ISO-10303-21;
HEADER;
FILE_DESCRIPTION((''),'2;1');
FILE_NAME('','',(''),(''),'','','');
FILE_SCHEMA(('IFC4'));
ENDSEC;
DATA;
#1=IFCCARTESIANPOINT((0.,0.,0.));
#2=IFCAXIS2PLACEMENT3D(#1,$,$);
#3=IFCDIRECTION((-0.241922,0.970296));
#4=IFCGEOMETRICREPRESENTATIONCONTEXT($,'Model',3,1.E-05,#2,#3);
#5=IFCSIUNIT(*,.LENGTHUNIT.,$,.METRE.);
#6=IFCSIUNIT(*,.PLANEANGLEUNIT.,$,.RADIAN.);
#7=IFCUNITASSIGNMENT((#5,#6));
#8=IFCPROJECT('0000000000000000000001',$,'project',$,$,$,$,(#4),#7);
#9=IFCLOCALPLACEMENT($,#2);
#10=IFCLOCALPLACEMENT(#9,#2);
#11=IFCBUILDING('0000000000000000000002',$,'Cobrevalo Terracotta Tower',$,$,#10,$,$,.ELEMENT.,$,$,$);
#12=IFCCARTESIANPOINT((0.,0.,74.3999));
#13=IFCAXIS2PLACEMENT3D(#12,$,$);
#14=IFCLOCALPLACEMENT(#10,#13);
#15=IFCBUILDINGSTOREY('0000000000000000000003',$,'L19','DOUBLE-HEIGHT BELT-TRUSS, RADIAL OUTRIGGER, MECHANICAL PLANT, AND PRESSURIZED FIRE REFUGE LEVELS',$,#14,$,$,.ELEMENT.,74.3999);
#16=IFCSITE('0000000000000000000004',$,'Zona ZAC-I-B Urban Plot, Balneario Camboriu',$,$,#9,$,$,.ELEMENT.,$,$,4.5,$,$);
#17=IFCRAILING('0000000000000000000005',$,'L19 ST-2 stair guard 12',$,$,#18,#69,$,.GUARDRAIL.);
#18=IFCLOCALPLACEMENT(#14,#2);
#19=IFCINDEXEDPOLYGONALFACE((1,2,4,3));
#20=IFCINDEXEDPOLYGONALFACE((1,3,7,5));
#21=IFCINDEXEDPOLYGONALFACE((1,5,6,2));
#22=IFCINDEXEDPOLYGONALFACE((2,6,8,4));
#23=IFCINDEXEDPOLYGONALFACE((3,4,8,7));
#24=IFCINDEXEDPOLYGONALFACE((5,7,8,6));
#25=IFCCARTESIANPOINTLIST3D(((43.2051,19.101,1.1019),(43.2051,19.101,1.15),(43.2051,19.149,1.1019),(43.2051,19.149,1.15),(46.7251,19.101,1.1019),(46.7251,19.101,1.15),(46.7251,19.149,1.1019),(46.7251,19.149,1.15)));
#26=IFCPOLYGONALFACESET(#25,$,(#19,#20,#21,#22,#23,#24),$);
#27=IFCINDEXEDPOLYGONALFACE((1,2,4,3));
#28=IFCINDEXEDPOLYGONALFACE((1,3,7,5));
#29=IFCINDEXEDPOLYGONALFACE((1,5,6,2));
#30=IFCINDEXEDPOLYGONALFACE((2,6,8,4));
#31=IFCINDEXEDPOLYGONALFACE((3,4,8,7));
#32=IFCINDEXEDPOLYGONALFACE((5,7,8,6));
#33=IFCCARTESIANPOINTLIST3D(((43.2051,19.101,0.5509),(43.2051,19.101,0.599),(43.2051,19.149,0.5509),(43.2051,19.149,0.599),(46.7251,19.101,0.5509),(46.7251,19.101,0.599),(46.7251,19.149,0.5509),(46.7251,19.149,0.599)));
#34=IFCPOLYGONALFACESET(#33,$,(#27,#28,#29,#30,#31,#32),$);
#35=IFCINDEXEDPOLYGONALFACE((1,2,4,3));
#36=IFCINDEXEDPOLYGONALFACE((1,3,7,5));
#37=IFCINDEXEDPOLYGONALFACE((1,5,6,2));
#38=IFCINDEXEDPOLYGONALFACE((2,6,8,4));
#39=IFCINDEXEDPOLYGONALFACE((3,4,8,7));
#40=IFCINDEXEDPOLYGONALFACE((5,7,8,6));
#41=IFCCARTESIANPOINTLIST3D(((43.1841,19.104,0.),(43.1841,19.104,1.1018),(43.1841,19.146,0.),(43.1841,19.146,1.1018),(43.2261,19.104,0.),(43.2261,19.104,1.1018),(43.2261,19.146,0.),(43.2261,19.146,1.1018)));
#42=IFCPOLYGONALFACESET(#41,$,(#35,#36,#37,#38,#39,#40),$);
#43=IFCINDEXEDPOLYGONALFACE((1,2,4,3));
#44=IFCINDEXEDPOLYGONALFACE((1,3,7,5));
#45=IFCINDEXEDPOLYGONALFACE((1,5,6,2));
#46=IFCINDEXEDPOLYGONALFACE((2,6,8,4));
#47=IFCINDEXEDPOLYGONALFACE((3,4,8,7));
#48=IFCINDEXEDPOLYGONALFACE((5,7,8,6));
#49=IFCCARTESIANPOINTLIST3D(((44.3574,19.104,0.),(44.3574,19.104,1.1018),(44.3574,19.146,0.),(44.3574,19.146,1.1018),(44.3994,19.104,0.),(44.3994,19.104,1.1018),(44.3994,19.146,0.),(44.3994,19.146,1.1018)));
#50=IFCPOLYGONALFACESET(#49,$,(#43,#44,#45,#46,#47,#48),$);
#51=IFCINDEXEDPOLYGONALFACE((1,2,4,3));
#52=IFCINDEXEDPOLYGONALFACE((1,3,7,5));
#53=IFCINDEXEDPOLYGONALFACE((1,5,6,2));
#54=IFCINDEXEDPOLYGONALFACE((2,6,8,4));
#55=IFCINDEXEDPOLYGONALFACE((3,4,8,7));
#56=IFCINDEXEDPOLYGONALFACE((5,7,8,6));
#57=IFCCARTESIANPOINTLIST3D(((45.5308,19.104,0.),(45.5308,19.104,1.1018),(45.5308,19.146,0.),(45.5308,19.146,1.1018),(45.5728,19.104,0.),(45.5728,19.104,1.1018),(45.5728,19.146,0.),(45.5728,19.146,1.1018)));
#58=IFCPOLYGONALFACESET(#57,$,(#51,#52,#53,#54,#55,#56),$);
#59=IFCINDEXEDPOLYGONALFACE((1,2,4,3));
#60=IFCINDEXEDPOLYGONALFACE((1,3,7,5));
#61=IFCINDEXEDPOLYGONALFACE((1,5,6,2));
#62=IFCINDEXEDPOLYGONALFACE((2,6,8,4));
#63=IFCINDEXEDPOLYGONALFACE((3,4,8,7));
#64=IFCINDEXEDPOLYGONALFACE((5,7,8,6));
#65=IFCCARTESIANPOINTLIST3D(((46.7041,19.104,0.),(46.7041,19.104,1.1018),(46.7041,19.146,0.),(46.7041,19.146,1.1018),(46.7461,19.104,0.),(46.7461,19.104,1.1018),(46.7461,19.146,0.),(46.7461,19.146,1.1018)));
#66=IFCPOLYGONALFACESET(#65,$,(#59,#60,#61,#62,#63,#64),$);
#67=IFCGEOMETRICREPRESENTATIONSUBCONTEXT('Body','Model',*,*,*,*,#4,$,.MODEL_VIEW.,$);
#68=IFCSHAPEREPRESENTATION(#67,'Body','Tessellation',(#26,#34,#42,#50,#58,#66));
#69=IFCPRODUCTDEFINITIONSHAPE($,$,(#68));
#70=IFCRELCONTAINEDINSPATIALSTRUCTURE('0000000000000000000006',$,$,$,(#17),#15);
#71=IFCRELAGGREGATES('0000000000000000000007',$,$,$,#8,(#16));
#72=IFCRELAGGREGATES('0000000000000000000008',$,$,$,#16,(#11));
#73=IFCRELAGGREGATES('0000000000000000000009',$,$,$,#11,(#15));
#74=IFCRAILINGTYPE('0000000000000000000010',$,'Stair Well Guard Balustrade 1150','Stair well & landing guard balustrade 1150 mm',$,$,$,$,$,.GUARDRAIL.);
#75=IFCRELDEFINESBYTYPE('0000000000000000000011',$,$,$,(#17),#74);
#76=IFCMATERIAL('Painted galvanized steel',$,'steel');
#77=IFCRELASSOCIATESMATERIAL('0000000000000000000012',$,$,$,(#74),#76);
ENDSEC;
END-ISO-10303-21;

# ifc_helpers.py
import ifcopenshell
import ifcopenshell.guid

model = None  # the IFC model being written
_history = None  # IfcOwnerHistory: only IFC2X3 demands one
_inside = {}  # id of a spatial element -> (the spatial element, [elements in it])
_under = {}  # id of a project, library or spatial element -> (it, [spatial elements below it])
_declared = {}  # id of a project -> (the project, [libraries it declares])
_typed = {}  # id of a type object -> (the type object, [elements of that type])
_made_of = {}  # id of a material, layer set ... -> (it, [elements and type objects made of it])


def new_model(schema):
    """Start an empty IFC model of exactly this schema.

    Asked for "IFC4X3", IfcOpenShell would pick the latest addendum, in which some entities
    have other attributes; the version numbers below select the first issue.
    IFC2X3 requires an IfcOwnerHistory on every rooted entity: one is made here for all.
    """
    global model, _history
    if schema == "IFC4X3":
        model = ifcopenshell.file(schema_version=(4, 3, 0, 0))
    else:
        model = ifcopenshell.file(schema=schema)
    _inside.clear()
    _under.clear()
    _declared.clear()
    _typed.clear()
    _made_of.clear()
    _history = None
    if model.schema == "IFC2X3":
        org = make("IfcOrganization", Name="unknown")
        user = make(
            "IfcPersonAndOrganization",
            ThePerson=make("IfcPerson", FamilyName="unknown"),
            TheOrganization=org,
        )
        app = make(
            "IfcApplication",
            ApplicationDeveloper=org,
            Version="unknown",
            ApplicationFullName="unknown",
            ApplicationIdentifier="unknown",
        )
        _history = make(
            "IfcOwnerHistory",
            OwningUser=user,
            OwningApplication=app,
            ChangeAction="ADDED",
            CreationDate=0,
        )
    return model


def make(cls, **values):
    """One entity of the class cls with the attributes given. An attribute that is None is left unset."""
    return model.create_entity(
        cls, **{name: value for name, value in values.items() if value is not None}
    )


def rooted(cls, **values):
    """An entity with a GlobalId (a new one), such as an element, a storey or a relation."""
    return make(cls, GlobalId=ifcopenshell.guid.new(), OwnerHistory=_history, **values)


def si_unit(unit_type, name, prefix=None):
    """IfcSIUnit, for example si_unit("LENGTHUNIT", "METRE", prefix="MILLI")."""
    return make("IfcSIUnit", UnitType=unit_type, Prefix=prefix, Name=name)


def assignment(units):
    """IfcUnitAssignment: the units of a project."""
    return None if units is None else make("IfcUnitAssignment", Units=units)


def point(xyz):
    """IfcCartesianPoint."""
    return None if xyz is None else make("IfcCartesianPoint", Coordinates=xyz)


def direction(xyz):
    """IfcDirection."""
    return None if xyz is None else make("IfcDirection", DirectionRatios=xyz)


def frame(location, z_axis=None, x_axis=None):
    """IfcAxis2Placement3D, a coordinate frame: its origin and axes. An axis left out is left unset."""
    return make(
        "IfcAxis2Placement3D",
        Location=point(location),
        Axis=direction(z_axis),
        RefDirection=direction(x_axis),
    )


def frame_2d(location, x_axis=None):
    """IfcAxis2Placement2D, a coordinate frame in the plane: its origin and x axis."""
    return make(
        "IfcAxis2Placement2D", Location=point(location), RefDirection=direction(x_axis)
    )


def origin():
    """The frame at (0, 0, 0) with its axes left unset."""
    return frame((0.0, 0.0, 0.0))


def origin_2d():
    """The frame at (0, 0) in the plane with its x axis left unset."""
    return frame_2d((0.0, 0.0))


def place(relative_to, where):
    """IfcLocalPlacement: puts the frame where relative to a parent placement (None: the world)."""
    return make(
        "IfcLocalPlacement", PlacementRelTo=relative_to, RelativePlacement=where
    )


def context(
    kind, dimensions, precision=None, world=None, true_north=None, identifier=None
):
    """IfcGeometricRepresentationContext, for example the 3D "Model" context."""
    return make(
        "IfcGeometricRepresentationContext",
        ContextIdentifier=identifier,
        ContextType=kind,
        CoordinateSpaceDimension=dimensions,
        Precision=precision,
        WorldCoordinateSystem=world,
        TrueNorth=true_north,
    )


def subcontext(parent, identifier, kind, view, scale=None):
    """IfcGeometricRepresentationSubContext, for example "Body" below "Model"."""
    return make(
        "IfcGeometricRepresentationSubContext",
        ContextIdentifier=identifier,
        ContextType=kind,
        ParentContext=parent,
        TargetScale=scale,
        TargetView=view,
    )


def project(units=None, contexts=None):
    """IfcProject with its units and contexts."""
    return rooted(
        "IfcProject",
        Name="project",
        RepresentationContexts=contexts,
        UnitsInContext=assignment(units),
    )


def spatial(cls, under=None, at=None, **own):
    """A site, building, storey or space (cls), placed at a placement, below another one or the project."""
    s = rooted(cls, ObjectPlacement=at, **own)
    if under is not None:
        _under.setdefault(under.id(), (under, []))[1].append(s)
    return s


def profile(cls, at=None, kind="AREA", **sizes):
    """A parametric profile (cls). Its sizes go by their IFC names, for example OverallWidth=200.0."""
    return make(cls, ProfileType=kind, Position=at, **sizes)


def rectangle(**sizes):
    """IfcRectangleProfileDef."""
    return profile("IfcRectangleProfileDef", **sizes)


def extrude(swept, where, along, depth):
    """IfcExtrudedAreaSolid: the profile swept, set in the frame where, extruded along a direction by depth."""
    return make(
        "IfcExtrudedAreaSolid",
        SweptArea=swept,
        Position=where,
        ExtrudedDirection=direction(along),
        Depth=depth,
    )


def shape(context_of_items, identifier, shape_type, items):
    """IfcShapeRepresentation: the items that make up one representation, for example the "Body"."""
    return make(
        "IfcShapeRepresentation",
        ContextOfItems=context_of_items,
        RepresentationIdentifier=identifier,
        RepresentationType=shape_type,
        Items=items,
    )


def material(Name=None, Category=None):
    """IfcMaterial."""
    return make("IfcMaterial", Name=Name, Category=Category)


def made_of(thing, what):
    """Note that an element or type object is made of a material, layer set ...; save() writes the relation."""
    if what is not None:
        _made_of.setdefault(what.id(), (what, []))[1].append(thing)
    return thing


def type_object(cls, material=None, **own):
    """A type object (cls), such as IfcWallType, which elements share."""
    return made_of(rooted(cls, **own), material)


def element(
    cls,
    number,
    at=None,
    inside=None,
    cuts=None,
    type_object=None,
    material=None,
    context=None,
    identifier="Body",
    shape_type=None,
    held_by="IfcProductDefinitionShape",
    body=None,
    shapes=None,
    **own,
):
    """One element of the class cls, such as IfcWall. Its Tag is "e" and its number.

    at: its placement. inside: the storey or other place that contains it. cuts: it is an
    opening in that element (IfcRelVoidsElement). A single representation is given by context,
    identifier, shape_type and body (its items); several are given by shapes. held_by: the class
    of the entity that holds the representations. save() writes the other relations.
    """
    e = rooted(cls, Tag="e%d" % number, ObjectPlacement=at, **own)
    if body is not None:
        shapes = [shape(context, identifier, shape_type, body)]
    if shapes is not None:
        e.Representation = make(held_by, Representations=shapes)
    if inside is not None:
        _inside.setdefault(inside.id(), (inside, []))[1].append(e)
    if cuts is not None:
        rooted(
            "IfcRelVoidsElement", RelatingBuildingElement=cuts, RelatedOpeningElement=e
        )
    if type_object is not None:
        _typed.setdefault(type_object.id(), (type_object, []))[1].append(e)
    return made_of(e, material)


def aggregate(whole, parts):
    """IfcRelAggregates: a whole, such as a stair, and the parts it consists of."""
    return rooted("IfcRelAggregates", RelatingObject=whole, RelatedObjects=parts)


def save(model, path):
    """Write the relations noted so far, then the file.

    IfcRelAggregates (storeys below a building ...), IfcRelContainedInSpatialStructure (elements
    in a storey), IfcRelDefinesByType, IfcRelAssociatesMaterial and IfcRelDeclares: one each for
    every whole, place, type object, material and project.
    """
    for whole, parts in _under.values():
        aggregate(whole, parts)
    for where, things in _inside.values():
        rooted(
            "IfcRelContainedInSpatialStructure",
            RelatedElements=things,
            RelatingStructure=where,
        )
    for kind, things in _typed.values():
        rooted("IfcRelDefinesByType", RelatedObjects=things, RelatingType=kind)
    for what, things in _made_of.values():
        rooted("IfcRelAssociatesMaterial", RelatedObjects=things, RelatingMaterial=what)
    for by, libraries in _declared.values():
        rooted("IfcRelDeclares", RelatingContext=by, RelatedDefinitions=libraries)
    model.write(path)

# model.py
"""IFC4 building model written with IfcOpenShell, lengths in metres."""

from ifc_helpers import new_model, si_unit, direction, frame, origin, origin_2d, place, context, subcontext, project, spatial, rectangle, extrude, material, type_object, element, save


model = new_model("IFC4")

# Units and contexts
model_context = context("Model", 3, precision=1e-05, world=origin(), true_north=direction((-0.241922, 0.970296)))
body_context = subcontext(model_context, "Body", "Model", "MODEL_VIEW")
ifc_project = project(units=[si_unit("LENGTHUNIT", "METRE"), si_unit("PLANEANGLEUNIT", "RADIAN")], contexts=[model_context])

# Site, building, storey
site_placement = place(None, origin())
site = spatial("IfcSite", under=ifc_project, at=site_placement, Name="Zona ZAC-I-B Urban Plot, Balneario Camboriu", CompositionType="ELEMENT", RefElevation=4.5)
building_placement = place(site_placement, origin())
building = spatial("IfcBuilding", under=site, at=building_placement, Name="Cobrevalo Terracotta Tower", CompositionType="ELEMENT")
storey_placement = place(building_placement, frame((0.0, 0.0, 74.3999)))
storey = spatial("IfcBuildingStorey", under=building, at=storey_placement, Name="L19", Description="DOUBLE-HEIGHT BELT-TRUSS, RADIAL OUTRIGGER, MECHANICAL PLANT, AND PRESSURIZED FIRE REFUGE LEVELS", CompositionType="ELEMENT", Elevation=74.3999)

# Railing
ifc_material_1 = material(Name="Painted galvanized steel", Category="steel")
railing_type = type_object("IfcRailingType", Name="Stair Well Guard Balustrade 1150", Description="Stair well & landing guard balustrade 1150 mm", PredefinedType="GUARDRAIL", material=ifc_material_1)
railing_placement = place(storey_placement, frame((43.2051, 19.125, 0.0)))
element("IfcRailing", 1, at=railing_placement, inside=storey, type_object=railing_type, Name="L19 ST-2 stair guard 12", PredefinedType="GUARDRAIL", context=body_context, shape_type="SweptSolid", body=[
    extrude(rectangle(XDim=0.0481, YDim=0.0481, at=origin_2d()), frame((0.0, 0.0, 1.126), z_axis=(1.0, 0.0, 0.0), x_axis=(0.0, 1.0, 0.0)), (0.0, 0.0, 1.0), 3.52),
    extrude(rectangle(XDim=0.0481, YDim=0.0481, at=origin_2d()), frame((0.0, 0.0, 0.575), z_axis=(1.0, 0.0, 0.0), x_axis=(0.0, 1.0, 0.0)), (0.0, 0.0, 1.0), 3.52),
    extrude(rectangle(XDim=0.042, YDim=0.042, at=origin_2d()), origin(), (0.0, 0.0, 1.0), 1.1018),
    extrude(rectangle(XDim=0.042, YDim=0.042, at=origin_2d()), frame((1.1733, 0.0, 0.0)), (0.0, 0.0, 1.0), 1.1018),
    extrude(rectangle(XDim=0.042, YDim=0.042, at=origin_2d()), frame((2.3467, 0.0, 0.0)), (0.0, 0.0, 1.0), 1.1018),
    extrude(rectangle(XDim=0.042, YDim=0.042, at=origin_2d()), frame((3.52, 0.0, 0.0)), (0.0, 0.0, 1.0), 1.1018),
])

save(model, "model.ifc")
